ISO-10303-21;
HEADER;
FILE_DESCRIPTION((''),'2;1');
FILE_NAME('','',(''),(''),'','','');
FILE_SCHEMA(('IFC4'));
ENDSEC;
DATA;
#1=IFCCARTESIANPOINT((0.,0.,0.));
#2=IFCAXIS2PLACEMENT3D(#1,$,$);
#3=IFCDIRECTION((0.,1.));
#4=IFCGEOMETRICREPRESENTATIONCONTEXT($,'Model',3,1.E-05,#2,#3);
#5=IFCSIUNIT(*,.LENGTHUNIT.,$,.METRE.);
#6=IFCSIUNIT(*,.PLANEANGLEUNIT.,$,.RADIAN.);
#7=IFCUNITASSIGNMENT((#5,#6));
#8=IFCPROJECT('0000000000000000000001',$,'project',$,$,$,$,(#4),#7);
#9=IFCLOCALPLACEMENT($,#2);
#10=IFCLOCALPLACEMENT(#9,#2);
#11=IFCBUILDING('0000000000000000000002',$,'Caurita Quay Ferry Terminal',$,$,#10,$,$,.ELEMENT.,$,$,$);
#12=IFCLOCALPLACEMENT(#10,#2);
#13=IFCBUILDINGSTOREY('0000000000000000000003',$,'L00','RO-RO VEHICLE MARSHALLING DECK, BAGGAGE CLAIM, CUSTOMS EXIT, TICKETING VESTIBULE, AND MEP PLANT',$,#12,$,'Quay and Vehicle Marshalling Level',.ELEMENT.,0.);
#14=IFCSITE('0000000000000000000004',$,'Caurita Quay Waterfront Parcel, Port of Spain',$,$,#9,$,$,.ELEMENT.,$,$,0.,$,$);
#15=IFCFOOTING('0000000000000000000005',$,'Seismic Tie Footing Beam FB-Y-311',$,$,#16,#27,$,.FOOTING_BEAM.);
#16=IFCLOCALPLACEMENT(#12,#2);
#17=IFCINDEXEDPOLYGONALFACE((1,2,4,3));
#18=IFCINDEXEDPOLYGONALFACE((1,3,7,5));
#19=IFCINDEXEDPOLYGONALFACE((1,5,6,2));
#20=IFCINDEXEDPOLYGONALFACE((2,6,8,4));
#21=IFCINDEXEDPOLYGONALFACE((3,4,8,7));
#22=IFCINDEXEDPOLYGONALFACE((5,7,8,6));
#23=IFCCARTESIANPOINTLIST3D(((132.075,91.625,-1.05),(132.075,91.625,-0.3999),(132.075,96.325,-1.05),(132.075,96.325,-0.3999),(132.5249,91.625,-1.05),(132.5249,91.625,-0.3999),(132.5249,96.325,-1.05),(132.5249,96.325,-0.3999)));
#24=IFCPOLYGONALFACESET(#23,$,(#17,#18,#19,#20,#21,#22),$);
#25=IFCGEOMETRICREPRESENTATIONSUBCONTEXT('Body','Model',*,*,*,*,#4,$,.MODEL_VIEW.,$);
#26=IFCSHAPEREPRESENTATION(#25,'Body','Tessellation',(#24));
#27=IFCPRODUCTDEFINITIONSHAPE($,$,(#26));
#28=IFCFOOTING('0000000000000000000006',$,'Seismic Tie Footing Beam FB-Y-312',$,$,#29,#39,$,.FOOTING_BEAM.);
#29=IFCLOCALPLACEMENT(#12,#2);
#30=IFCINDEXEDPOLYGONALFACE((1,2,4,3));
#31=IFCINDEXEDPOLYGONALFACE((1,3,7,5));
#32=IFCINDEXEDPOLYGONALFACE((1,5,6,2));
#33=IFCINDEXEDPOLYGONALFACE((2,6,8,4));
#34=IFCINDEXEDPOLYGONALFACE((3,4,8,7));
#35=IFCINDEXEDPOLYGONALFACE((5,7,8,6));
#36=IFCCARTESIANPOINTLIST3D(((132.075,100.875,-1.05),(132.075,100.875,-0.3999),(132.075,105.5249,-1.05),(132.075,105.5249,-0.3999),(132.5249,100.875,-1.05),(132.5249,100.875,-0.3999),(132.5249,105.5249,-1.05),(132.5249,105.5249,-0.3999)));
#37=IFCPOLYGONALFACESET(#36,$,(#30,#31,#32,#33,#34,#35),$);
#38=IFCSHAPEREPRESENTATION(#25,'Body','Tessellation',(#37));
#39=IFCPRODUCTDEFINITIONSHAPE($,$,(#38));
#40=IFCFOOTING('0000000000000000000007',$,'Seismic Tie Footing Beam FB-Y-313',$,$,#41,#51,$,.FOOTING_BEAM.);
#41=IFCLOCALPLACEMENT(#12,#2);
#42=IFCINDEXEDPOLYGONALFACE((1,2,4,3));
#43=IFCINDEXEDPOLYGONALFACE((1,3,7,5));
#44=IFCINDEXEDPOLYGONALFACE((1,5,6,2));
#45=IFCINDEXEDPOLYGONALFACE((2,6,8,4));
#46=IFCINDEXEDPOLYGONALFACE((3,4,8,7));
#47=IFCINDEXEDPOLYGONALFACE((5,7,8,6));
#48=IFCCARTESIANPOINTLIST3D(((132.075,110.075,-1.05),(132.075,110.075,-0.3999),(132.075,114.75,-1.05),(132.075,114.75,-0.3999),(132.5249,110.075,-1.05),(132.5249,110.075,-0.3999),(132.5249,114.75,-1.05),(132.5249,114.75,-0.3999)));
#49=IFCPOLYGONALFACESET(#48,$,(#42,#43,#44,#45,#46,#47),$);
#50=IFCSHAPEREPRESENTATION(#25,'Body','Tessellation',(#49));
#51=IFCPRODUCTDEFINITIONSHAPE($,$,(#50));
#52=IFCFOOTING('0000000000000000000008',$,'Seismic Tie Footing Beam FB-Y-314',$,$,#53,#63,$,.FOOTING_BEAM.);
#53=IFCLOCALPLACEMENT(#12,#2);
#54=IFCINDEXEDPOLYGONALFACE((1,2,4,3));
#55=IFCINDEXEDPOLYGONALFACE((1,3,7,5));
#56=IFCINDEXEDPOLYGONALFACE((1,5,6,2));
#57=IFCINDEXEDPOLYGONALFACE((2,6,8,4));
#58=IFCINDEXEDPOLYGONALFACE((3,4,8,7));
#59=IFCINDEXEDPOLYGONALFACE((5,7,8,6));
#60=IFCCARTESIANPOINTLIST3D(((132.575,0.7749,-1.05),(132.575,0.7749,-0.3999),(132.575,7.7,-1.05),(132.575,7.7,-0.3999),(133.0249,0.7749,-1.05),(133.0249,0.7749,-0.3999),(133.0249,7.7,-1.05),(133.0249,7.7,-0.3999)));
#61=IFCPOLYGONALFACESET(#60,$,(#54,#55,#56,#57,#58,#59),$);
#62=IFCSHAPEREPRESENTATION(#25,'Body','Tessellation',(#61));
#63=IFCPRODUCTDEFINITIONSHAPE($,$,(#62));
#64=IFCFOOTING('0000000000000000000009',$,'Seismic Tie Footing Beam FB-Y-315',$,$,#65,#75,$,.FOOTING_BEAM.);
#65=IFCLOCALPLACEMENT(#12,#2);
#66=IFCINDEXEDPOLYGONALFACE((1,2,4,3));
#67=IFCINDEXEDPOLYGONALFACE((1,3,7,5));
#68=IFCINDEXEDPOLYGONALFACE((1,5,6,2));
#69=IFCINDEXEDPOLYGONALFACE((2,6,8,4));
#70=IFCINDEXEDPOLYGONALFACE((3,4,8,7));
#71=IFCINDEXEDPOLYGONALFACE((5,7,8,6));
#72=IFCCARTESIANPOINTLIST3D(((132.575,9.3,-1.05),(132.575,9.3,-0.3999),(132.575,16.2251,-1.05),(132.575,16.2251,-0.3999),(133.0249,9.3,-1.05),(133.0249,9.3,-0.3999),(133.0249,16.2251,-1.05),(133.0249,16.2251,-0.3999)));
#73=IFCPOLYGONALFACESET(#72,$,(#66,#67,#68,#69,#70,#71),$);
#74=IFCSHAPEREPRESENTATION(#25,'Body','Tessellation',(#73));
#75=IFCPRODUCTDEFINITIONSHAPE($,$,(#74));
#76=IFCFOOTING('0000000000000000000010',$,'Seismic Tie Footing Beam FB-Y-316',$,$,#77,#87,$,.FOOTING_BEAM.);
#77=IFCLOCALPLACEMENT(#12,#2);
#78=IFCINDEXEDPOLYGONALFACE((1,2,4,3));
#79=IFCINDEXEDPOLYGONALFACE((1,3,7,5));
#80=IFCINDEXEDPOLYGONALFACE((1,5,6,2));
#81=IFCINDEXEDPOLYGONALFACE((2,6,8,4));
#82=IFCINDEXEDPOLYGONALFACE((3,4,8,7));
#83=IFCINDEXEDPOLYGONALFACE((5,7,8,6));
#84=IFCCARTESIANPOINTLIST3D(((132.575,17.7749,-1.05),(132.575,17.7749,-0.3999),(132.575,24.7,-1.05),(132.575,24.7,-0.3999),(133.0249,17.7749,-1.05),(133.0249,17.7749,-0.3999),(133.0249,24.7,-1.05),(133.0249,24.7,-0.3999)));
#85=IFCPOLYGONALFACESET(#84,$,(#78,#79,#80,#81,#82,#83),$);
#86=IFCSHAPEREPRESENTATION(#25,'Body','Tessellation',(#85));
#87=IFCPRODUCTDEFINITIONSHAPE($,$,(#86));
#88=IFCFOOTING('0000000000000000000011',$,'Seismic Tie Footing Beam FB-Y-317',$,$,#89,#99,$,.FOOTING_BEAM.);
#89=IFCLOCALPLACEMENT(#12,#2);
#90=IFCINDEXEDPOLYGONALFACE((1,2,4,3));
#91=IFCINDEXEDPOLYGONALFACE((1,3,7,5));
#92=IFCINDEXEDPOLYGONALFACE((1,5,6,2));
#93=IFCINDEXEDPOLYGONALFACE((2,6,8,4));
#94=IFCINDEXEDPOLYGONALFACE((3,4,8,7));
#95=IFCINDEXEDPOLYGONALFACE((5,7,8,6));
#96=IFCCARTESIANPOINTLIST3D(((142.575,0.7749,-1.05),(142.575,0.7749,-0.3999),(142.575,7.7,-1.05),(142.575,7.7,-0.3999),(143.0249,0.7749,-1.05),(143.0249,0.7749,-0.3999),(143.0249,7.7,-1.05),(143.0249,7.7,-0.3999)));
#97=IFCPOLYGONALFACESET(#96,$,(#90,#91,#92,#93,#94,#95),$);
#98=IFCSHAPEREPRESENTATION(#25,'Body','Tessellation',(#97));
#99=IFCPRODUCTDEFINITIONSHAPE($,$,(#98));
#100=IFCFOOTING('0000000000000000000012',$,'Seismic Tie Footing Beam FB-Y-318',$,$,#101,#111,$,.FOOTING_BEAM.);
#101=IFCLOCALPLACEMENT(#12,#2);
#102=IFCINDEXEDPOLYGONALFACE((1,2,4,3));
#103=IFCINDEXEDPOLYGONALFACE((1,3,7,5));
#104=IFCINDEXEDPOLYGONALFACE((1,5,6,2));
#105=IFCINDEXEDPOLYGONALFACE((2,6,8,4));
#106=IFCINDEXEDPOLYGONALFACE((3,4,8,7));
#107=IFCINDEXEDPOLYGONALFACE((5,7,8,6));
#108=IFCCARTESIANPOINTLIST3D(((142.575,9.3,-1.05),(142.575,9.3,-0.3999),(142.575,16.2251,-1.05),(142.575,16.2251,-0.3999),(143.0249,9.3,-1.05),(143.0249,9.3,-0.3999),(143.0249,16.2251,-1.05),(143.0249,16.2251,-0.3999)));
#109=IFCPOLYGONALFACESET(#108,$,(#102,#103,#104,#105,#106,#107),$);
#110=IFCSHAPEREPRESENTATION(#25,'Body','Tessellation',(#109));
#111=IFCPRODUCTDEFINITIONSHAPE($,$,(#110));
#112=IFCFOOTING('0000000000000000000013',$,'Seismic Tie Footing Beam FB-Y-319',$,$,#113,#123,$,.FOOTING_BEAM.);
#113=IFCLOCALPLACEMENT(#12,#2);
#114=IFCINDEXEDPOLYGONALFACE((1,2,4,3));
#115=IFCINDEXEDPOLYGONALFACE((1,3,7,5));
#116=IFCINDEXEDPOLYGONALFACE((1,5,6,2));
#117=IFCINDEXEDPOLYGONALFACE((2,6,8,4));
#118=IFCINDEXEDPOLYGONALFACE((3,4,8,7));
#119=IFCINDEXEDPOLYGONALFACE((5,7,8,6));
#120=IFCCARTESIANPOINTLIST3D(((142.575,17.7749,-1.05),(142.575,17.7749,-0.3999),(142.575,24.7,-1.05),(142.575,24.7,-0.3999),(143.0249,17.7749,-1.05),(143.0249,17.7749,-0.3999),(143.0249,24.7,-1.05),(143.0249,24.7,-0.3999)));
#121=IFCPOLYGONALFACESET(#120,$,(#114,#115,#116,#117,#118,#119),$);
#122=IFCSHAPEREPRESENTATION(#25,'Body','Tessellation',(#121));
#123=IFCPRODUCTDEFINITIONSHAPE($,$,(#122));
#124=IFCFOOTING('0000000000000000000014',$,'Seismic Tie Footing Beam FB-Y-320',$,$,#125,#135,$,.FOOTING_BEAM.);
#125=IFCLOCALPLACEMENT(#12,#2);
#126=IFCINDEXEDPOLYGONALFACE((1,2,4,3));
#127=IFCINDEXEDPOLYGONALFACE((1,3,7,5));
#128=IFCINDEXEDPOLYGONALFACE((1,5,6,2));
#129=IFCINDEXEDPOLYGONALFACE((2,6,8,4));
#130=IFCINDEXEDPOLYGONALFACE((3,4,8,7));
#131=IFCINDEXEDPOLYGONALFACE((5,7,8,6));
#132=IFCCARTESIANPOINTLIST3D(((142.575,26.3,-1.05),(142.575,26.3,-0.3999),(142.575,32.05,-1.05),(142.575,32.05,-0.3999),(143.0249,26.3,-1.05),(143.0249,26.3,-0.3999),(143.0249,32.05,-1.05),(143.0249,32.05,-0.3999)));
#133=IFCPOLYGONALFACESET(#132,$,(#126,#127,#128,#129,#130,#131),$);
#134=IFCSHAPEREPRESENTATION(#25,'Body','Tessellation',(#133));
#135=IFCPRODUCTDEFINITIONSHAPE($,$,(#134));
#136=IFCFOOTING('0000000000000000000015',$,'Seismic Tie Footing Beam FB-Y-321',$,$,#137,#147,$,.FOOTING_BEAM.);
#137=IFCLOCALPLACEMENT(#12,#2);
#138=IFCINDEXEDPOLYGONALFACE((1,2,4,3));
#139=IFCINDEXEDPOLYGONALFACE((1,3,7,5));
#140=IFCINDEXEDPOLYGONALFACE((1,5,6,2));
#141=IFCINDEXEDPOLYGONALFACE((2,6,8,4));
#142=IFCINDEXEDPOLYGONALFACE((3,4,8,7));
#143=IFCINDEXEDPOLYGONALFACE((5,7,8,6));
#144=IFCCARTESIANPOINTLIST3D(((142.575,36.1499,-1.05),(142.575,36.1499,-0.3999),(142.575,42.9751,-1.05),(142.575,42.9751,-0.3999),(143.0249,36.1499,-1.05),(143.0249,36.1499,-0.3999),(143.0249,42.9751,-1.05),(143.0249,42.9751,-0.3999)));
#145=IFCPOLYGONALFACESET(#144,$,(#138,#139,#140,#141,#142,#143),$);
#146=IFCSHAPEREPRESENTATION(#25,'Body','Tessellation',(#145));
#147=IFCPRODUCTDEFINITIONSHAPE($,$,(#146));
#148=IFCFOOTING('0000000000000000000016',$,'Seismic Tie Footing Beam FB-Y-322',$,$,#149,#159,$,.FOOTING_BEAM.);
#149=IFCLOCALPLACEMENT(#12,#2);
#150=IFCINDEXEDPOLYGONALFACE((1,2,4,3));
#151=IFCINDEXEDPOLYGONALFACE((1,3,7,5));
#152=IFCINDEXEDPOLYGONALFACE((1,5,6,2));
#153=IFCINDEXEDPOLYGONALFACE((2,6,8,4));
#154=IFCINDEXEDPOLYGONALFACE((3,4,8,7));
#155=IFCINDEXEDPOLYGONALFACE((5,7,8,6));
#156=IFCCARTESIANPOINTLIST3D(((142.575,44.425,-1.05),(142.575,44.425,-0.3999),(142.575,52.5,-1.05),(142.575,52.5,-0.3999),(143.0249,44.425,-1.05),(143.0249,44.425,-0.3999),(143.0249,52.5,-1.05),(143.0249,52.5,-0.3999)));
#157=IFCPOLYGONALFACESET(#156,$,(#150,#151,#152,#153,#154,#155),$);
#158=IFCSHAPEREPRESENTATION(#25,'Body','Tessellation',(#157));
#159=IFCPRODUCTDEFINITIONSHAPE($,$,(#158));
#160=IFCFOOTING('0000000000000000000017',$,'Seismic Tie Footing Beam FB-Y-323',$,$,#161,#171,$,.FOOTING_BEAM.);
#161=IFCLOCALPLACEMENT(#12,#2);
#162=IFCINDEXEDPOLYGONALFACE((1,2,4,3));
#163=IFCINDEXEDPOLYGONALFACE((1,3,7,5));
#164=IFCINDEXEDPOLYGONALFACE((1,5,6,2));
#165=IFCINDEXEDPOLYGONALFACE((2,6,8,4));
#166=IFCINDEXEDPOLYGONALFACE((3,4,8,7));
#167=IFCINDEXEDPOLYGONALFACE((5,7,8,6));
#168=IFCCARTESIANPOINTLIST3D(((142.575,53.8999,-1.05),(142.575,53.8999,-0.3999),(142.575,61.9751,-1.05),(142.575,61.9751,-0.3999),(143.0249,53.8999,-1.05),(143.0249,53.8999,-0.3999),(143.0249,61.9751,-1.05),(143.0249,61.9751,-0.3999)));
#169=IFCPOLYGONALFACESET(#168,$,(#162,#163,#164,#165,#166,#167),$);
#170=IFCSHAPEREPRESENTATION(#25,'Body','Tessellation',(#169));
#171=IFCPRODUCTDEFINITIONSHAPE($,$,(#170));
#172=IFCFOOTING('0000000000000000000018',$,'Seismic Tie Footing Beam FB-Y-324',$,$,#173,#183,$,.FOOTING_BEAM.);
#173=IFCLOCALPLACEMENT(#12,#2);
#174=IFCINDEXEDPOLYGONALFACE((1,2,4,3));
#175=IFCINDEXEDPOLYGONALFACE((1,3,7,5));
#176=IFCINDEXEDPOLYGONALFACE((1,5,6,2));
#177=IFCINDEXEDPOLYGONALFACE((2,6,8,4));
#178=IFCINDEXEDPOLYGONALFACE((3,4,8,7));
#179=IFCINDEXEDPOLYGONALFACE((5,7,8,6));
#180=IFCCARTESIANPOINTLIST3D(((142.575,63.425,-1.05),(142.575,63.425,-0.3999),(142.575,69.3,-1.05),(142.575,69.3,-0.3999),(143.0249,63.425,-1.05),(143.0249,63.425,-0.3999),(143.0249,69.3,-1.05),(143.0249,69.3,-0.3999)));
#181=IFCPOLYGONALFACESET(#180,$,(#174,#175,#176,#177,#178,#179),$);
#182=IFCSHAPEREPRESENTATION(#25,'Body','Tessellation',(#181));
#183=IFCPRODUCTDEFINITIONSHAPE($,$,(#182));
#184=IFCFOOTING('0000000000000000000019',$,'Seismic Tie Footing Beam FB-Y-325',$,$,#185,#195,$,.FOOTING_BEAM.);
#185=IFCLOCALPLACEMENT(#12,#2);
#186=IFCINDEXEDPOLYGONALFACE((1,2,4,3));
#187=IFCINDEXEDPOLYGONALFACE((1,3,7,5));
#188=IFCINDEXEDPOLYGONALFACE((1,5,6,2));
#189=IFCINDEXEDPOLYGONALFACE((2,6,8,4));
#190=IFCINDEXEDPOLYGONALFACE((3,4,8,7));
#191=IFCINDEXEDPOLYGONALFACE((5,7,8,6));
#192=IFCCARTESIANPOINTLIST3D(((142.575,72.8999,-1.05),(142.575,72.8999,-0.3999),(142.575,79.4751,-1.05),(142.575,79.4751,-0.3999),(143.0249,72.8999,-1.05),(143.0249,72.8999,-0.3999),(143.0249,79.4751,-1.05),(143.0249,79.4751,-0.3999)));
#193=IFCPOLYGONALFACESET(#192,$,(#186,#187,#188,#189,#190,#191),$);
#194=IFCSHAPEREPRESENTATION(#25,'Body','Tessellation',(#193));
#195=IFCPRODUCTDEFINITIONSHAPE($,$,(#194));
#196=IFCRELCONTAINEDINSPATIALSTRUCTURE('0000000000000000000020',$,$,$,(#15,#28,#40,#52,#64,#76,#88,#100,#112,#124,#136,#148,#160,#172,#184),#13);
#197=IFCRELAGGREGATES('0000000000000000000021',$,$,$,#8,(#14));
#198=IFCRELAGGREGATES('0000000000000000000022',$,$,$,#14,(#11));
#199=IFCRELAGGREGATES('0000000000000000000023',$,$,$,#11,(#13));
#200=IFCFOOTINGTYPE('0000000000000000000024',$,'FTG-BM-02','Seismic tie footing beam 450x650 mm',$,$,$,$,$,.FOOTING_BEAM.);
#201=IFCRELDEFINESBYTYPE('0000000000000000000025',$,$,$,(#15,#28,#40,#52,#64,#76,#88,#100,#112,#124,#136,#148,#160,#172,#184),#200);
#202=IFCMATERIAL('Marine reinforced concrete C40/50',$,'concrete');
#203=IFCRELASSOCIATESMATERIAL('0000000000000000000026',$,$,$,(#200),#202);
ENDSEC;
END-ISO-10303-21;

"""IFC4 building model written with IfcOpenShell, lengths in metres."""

from ifc_helpers import new_model, si_unit, direction, frame, origin, place, context, subcontext, project, spatial, polyline, outline, extrude, material, type_object, element, save


model = new_model("IFC4")

# Units and contexts
model_context = context("Model", 3, precision=1e-05, world=origin(), true_north=direction((0.0, 1.0)))
body_context = subcontext(model_context, "Body", "Model", "MODEL_VIEW")
ifc_project = project(units=[si_unit("LENGTHUNIT", "METRE"), si_unit("PLANEANGLEUNIT", "RADIAN")], contexts=[model_context])

# Site, building, storey
site_placement = place(None, origin())
site = spatial("IfcSite", under=ifc_project, at=site_placement, Name="Caurita Quay Waterfront Parcel, Port of Spain", CompositionType="ELEMENT", RefElevation=0.0)
building_placement = place(site_placement, origin())
building = spatial("IfcBuilding", under=site, at=building_placement, Name="Caurita Quay Ferry Terminal", CompositionType="ELEMENT")
storey_placement = place(building_placement, origin())
storey = spatial("IfcBuildingStorey", under=building, at=storey_placement, Name="L00", Description="RO-RO VEHICLE MARSHALLING DECK, BAGGAGE CLAIM, CUSTOMS EXIT, TICKETING VESTIBULE, AND MEP PLANT", LongName="Quay and Vehicle Marshalling Level", CompositionType="ELEMENT", Elevation=0.0)

# Footings
ifc_material = material(Name="Marine reinforced concrete C40/50", Category="concrete")
footing_type = type_object("IfcFootingType", Name="FTG-BM-02", Description="Seismic tie footing beam 450x650 mm", PredefinedType="FOOTING_BEAM", material=ifc_material)
footing_1_placement = place(storey_placement, frame((0.0, 0.0, -1.05)))
element("IfcFooting", 1, at=footing_1_placement, inside=storey, type_object=footing_type, Name="Seismic Tie Footing Beam FB-Y-311", PredefinedType="FOOTING_BEAM", context=body_context, shape_type="SweptSolid", body=[
    extrude(outline(polyline([(132.075, 91.625), (132.5249, 91.625), (132.5249, 96.325), (132.075, 96.325), (132.075, 91.625)])), origin(), (0.0, 0.0, 1.0), 0.6501),
])
footing_2_placement = place(storey_placement, frame((0.0, 0.0, -1.05)))
element("IfcFooting", 2, at=footing_2_placement, inside=storey, type_object=footing_type, Name="Seismic Tie Footing Beam FB-Y-312", PredefinedType="FOOTING_BEAM", context=body_context, shape_type="SweptSolid", body=[
    extrude(outline(polyline([(132.075, 100.875), (132.5249, 100.875), (132.5249, 105.5249), (132.075, 105.5249), (132.075, 100.875)])), origin(), (0.0, 0.0, 1.0), 0.6501),
])
footing_3_placement = place(storey_placement, frame((0.0, 0.0, -1.05)))
element("IfcFooting", 3, at=footing_3_placement, inside=storey, type_object=footing_type, Name="Seismic Tie Footing Beam FB-Y-313", PredefinedType="FOOTING_BEAM", context=body_context, shape_type="SweptSolid", body=[
    extrude(outline(polyline([(132.075, 110.075), (132.5249, 110.075), (132.5249, 114.75), (132.075, 114.75), (132.075, 110.075)])), origin(), (0.0, 0.0, 1.0), 0.6501),
])
footing_4_placement = place(storey_placement, frame((0.0, 0.0, -1.05)))
element("IfcFooting", 4, at=footing_4_placement, inside=storey, type_object=footing_type, Name="Seismic Tie Footing Beam FB-Y-314", PredefinedType="FOOTING_BEAM", context=body_context, shape_type="SweptSolid", body=[
    extrude(outline(polyline([(132.575, 0.7749), (133.0249, 0.7749), (133.0249, 7.7), (132.575, 7.7), (132.575, 0.7749)])), origin(), (0.0, 0.0, 1.0), 0.6501),
])
footing_5_placement = place(storey_placement, frame((0.0, 0.0, -1.05)))
element("IfcFooting", 5, at=footing_5_placement, inside=storey, type_object=footing_type, Name="Seismic Tie Footing Beam FB-Y-315", PredefinedType="FOOTING_BEAM", context=body_context, shape_type="SweptSolid", body=[
    extrude(outline(polyline([(132.575, 9.3), (133.0249, 9.3), (133.0249, 16.2251), (132.575, 16.2251), (132.575, 9.3)])), origin(), (0.0, 0.0, 1.0), 0.6501),
])
footing_6_placement = place(storey_placement, frame((0.0, 0.0, -1.05)))
element("IfcFooting", 6, at=footing_6_placement, inside=storey, type_object=footing_type, Name="Seismic Tie Footing Beam FB-Y-316", PredefinedType="FOOTING_BEAM", context=body_context, shape_type="SweptSolid", body=[
    extrude(outline(polyline([(132.575, 17.7749), (133.0249, 17.7749), (133.0249, 24.7), (132.575, 24.7), (132.575, 17.7749)])), origin(), (0.0, 0.0, 1.0), 0.6501),
])
footing_7_placement = place(storey_placement, frame((0.0, 0.0, -1.05)))
element("IfcFooting", 7, at=footing_7_placement, inside=storey, type_object=footing_type, Name="Seismic Tie Footing Beam FB-Y-317", PredefinedType="FOOTING_BEAM", context=body_context, shape_type="SweptSolid", body=[
    extrude(outline(polyline([(142.575, 0.7749), (143.0249, 0.7749), (143.0249, 7.7), (142.575, 7.7), (142.575, 0.7749)])), origin(), (0.0, 0.0, 1.0), 0.6501),
])
footing_8_placement = place(storey_placement, frame((0.0, 0.0, -1.05)))
element("IfcFooting", 8, at=footing_8_placement, inside=storey, type_object=footing_type, Name="Seismic Tie Footing Beam FB-Y-318", PredefinedType="FOOTING_BEAM", context=body_context, shape_type="SweptSolid", body=[
    extrude(outline(polyline([(142.575, 9.3), (143.0249, 9.3), (143.0249, 16.2251), (142.575, 16.2251), (142.575, 9.3)])), origin(), (0.0, 0.0, 1.0), 0.6501),
])
footing_9_placement = place(storey_placement, frame((0.0, 0.0, -1.05)))
element("IfcFooting", 9, at=footing_9_placement, inside=storey, type_object=footing_type, Name="Seismic Tie Footing Beam FB-Y-319", PredefinedType="FOOTING_BEAM", context=body_context, shape_type="SweptSolid", body=[
    extrude(outline(polyline([(142.575, 17.7749), (143.0249, 17.7749), (143.0249, 24.7), (142.575, 24.7), (142.575, 17.7749)])), origin(), (0.0, 0.0, 1.0), 0.6501),
])
footing_10_placement = place(storey_placement, frame((0.0, 0.0, -1.05)))
element("IfcFooting", 10, at=footing_10_placement, inside=storey, type_object=footing_type, Name="Seismic Tie Footing Beam FB-Y-320", PredefinedType="FOOTING_BEAM", context=body_context, shape_type="SweptSolid", body=[
    extrude(outline(polyline([(142.575, 26.3), (143.0249, 26.3), (143.0249, 32.05), (142.575, 32.05), (142.575, 26.3)])), origin(), (0.0, 0.0, 1.0), 0.6501),
])
footing_11_placement = place(storey_placement, frame((0.0, 0.0, -1.05)))
element("IfcFooting", 11, at=footing_11_placement, inside=storey, type_object=footing_type, Name="Seismic Tie Footing Beam FB-Y-321", PredefinedType="FOOTING_BEAM", context=body_context, shape_type="SweptSolid", body=[
    extrude(outline(polyline([(142.575, 36.1499), (143.0249, 36.1499), (143.0249, 42.9751), (142.575, 42.9751), (142.575, 36.1499)])), origin(), (0.0, 0.0, 1.0), 0.6501),
])
footing_12_placement = place(storey_placement, frame((0.0, 0.0, -1.05)))
element("IfcFooting", 12, at=footing_12_placement, inside=storey, type_object=footing_type, Name="Seismic Tie Footing Beam FB-Y-322", PredefinedType="FOOTING_BEAM", context=body_context, shape_type="SweptSolid", body=[
    extrude(outline(polyline([(142.575, 44.425), (143.0249, 44.425), (143.0249, 52.5), (142.575, 52.5), (142.575, 44.425)])), origin(), (0.0, 0.0, 1.0), 0.6501),
])
footing_13_placement = place(storey_placement, frame((0.0, 0.0, -1.05)))
element("IfcFooting", 13, at=footing_13_placement, inside=storey, type_object=footing_type, Name="Seismic Tie Footing Beam FB-Y-323", PredefinedType="FOOTING_BEAM", context=body_context, shape_type="SweptSolid", body=[
    extrude(outline(polyline([(142.575, 53.8999), (143.0249, 53.8999), (143.0249, 61.9751), (142.575, 61.9751), (142.575, 53.8999)])), origin(), (0.0, 0.0, 1.0), 0.6501),
])
footing_14_placement = place(storey_placement, frame((0.0, 0.0, -1.05)))
element("IfcFooting", 14, at=footing_14_placement, inside=storey, type_object=footing_type, Name="Seismic Tie Footing Beam FB-Y-324", PredefinedType="FOOTING_BEAM", context=body_context, shape_type="SweptSolid", body=[
    extrude(outline(polyline([(142.575, 63.425), (143.0249, 63.425), (143.0249, 69.3), (142.575, 69.3), (142.575, 63.425)])), origin(), (0.0, 0.0, 1.0), 0.6501),
])
footing_15_placement = place(storey_placement, frame((0.0, 0.0, -1.05)))
element("IfcFooting", 15, at=footing_15_placement, inside=storey, type_object=footing_type, Name="Seismic Tie Footing Beam FB-Y-325", PredefinedType="FOOTING_BEAM", context=body_context, shape_type="SweptSolid", body=[
    extrude(outline(polyline([(142.575, 72.8999), (143.0249, 72.8999), (143.0249, 79.4751), (142.575, 79.4751), (142.575, 72.8999)])), origin(), (0.0, 0.0, 1.0), 0.6501),
])

save(model, "model.ifc")
